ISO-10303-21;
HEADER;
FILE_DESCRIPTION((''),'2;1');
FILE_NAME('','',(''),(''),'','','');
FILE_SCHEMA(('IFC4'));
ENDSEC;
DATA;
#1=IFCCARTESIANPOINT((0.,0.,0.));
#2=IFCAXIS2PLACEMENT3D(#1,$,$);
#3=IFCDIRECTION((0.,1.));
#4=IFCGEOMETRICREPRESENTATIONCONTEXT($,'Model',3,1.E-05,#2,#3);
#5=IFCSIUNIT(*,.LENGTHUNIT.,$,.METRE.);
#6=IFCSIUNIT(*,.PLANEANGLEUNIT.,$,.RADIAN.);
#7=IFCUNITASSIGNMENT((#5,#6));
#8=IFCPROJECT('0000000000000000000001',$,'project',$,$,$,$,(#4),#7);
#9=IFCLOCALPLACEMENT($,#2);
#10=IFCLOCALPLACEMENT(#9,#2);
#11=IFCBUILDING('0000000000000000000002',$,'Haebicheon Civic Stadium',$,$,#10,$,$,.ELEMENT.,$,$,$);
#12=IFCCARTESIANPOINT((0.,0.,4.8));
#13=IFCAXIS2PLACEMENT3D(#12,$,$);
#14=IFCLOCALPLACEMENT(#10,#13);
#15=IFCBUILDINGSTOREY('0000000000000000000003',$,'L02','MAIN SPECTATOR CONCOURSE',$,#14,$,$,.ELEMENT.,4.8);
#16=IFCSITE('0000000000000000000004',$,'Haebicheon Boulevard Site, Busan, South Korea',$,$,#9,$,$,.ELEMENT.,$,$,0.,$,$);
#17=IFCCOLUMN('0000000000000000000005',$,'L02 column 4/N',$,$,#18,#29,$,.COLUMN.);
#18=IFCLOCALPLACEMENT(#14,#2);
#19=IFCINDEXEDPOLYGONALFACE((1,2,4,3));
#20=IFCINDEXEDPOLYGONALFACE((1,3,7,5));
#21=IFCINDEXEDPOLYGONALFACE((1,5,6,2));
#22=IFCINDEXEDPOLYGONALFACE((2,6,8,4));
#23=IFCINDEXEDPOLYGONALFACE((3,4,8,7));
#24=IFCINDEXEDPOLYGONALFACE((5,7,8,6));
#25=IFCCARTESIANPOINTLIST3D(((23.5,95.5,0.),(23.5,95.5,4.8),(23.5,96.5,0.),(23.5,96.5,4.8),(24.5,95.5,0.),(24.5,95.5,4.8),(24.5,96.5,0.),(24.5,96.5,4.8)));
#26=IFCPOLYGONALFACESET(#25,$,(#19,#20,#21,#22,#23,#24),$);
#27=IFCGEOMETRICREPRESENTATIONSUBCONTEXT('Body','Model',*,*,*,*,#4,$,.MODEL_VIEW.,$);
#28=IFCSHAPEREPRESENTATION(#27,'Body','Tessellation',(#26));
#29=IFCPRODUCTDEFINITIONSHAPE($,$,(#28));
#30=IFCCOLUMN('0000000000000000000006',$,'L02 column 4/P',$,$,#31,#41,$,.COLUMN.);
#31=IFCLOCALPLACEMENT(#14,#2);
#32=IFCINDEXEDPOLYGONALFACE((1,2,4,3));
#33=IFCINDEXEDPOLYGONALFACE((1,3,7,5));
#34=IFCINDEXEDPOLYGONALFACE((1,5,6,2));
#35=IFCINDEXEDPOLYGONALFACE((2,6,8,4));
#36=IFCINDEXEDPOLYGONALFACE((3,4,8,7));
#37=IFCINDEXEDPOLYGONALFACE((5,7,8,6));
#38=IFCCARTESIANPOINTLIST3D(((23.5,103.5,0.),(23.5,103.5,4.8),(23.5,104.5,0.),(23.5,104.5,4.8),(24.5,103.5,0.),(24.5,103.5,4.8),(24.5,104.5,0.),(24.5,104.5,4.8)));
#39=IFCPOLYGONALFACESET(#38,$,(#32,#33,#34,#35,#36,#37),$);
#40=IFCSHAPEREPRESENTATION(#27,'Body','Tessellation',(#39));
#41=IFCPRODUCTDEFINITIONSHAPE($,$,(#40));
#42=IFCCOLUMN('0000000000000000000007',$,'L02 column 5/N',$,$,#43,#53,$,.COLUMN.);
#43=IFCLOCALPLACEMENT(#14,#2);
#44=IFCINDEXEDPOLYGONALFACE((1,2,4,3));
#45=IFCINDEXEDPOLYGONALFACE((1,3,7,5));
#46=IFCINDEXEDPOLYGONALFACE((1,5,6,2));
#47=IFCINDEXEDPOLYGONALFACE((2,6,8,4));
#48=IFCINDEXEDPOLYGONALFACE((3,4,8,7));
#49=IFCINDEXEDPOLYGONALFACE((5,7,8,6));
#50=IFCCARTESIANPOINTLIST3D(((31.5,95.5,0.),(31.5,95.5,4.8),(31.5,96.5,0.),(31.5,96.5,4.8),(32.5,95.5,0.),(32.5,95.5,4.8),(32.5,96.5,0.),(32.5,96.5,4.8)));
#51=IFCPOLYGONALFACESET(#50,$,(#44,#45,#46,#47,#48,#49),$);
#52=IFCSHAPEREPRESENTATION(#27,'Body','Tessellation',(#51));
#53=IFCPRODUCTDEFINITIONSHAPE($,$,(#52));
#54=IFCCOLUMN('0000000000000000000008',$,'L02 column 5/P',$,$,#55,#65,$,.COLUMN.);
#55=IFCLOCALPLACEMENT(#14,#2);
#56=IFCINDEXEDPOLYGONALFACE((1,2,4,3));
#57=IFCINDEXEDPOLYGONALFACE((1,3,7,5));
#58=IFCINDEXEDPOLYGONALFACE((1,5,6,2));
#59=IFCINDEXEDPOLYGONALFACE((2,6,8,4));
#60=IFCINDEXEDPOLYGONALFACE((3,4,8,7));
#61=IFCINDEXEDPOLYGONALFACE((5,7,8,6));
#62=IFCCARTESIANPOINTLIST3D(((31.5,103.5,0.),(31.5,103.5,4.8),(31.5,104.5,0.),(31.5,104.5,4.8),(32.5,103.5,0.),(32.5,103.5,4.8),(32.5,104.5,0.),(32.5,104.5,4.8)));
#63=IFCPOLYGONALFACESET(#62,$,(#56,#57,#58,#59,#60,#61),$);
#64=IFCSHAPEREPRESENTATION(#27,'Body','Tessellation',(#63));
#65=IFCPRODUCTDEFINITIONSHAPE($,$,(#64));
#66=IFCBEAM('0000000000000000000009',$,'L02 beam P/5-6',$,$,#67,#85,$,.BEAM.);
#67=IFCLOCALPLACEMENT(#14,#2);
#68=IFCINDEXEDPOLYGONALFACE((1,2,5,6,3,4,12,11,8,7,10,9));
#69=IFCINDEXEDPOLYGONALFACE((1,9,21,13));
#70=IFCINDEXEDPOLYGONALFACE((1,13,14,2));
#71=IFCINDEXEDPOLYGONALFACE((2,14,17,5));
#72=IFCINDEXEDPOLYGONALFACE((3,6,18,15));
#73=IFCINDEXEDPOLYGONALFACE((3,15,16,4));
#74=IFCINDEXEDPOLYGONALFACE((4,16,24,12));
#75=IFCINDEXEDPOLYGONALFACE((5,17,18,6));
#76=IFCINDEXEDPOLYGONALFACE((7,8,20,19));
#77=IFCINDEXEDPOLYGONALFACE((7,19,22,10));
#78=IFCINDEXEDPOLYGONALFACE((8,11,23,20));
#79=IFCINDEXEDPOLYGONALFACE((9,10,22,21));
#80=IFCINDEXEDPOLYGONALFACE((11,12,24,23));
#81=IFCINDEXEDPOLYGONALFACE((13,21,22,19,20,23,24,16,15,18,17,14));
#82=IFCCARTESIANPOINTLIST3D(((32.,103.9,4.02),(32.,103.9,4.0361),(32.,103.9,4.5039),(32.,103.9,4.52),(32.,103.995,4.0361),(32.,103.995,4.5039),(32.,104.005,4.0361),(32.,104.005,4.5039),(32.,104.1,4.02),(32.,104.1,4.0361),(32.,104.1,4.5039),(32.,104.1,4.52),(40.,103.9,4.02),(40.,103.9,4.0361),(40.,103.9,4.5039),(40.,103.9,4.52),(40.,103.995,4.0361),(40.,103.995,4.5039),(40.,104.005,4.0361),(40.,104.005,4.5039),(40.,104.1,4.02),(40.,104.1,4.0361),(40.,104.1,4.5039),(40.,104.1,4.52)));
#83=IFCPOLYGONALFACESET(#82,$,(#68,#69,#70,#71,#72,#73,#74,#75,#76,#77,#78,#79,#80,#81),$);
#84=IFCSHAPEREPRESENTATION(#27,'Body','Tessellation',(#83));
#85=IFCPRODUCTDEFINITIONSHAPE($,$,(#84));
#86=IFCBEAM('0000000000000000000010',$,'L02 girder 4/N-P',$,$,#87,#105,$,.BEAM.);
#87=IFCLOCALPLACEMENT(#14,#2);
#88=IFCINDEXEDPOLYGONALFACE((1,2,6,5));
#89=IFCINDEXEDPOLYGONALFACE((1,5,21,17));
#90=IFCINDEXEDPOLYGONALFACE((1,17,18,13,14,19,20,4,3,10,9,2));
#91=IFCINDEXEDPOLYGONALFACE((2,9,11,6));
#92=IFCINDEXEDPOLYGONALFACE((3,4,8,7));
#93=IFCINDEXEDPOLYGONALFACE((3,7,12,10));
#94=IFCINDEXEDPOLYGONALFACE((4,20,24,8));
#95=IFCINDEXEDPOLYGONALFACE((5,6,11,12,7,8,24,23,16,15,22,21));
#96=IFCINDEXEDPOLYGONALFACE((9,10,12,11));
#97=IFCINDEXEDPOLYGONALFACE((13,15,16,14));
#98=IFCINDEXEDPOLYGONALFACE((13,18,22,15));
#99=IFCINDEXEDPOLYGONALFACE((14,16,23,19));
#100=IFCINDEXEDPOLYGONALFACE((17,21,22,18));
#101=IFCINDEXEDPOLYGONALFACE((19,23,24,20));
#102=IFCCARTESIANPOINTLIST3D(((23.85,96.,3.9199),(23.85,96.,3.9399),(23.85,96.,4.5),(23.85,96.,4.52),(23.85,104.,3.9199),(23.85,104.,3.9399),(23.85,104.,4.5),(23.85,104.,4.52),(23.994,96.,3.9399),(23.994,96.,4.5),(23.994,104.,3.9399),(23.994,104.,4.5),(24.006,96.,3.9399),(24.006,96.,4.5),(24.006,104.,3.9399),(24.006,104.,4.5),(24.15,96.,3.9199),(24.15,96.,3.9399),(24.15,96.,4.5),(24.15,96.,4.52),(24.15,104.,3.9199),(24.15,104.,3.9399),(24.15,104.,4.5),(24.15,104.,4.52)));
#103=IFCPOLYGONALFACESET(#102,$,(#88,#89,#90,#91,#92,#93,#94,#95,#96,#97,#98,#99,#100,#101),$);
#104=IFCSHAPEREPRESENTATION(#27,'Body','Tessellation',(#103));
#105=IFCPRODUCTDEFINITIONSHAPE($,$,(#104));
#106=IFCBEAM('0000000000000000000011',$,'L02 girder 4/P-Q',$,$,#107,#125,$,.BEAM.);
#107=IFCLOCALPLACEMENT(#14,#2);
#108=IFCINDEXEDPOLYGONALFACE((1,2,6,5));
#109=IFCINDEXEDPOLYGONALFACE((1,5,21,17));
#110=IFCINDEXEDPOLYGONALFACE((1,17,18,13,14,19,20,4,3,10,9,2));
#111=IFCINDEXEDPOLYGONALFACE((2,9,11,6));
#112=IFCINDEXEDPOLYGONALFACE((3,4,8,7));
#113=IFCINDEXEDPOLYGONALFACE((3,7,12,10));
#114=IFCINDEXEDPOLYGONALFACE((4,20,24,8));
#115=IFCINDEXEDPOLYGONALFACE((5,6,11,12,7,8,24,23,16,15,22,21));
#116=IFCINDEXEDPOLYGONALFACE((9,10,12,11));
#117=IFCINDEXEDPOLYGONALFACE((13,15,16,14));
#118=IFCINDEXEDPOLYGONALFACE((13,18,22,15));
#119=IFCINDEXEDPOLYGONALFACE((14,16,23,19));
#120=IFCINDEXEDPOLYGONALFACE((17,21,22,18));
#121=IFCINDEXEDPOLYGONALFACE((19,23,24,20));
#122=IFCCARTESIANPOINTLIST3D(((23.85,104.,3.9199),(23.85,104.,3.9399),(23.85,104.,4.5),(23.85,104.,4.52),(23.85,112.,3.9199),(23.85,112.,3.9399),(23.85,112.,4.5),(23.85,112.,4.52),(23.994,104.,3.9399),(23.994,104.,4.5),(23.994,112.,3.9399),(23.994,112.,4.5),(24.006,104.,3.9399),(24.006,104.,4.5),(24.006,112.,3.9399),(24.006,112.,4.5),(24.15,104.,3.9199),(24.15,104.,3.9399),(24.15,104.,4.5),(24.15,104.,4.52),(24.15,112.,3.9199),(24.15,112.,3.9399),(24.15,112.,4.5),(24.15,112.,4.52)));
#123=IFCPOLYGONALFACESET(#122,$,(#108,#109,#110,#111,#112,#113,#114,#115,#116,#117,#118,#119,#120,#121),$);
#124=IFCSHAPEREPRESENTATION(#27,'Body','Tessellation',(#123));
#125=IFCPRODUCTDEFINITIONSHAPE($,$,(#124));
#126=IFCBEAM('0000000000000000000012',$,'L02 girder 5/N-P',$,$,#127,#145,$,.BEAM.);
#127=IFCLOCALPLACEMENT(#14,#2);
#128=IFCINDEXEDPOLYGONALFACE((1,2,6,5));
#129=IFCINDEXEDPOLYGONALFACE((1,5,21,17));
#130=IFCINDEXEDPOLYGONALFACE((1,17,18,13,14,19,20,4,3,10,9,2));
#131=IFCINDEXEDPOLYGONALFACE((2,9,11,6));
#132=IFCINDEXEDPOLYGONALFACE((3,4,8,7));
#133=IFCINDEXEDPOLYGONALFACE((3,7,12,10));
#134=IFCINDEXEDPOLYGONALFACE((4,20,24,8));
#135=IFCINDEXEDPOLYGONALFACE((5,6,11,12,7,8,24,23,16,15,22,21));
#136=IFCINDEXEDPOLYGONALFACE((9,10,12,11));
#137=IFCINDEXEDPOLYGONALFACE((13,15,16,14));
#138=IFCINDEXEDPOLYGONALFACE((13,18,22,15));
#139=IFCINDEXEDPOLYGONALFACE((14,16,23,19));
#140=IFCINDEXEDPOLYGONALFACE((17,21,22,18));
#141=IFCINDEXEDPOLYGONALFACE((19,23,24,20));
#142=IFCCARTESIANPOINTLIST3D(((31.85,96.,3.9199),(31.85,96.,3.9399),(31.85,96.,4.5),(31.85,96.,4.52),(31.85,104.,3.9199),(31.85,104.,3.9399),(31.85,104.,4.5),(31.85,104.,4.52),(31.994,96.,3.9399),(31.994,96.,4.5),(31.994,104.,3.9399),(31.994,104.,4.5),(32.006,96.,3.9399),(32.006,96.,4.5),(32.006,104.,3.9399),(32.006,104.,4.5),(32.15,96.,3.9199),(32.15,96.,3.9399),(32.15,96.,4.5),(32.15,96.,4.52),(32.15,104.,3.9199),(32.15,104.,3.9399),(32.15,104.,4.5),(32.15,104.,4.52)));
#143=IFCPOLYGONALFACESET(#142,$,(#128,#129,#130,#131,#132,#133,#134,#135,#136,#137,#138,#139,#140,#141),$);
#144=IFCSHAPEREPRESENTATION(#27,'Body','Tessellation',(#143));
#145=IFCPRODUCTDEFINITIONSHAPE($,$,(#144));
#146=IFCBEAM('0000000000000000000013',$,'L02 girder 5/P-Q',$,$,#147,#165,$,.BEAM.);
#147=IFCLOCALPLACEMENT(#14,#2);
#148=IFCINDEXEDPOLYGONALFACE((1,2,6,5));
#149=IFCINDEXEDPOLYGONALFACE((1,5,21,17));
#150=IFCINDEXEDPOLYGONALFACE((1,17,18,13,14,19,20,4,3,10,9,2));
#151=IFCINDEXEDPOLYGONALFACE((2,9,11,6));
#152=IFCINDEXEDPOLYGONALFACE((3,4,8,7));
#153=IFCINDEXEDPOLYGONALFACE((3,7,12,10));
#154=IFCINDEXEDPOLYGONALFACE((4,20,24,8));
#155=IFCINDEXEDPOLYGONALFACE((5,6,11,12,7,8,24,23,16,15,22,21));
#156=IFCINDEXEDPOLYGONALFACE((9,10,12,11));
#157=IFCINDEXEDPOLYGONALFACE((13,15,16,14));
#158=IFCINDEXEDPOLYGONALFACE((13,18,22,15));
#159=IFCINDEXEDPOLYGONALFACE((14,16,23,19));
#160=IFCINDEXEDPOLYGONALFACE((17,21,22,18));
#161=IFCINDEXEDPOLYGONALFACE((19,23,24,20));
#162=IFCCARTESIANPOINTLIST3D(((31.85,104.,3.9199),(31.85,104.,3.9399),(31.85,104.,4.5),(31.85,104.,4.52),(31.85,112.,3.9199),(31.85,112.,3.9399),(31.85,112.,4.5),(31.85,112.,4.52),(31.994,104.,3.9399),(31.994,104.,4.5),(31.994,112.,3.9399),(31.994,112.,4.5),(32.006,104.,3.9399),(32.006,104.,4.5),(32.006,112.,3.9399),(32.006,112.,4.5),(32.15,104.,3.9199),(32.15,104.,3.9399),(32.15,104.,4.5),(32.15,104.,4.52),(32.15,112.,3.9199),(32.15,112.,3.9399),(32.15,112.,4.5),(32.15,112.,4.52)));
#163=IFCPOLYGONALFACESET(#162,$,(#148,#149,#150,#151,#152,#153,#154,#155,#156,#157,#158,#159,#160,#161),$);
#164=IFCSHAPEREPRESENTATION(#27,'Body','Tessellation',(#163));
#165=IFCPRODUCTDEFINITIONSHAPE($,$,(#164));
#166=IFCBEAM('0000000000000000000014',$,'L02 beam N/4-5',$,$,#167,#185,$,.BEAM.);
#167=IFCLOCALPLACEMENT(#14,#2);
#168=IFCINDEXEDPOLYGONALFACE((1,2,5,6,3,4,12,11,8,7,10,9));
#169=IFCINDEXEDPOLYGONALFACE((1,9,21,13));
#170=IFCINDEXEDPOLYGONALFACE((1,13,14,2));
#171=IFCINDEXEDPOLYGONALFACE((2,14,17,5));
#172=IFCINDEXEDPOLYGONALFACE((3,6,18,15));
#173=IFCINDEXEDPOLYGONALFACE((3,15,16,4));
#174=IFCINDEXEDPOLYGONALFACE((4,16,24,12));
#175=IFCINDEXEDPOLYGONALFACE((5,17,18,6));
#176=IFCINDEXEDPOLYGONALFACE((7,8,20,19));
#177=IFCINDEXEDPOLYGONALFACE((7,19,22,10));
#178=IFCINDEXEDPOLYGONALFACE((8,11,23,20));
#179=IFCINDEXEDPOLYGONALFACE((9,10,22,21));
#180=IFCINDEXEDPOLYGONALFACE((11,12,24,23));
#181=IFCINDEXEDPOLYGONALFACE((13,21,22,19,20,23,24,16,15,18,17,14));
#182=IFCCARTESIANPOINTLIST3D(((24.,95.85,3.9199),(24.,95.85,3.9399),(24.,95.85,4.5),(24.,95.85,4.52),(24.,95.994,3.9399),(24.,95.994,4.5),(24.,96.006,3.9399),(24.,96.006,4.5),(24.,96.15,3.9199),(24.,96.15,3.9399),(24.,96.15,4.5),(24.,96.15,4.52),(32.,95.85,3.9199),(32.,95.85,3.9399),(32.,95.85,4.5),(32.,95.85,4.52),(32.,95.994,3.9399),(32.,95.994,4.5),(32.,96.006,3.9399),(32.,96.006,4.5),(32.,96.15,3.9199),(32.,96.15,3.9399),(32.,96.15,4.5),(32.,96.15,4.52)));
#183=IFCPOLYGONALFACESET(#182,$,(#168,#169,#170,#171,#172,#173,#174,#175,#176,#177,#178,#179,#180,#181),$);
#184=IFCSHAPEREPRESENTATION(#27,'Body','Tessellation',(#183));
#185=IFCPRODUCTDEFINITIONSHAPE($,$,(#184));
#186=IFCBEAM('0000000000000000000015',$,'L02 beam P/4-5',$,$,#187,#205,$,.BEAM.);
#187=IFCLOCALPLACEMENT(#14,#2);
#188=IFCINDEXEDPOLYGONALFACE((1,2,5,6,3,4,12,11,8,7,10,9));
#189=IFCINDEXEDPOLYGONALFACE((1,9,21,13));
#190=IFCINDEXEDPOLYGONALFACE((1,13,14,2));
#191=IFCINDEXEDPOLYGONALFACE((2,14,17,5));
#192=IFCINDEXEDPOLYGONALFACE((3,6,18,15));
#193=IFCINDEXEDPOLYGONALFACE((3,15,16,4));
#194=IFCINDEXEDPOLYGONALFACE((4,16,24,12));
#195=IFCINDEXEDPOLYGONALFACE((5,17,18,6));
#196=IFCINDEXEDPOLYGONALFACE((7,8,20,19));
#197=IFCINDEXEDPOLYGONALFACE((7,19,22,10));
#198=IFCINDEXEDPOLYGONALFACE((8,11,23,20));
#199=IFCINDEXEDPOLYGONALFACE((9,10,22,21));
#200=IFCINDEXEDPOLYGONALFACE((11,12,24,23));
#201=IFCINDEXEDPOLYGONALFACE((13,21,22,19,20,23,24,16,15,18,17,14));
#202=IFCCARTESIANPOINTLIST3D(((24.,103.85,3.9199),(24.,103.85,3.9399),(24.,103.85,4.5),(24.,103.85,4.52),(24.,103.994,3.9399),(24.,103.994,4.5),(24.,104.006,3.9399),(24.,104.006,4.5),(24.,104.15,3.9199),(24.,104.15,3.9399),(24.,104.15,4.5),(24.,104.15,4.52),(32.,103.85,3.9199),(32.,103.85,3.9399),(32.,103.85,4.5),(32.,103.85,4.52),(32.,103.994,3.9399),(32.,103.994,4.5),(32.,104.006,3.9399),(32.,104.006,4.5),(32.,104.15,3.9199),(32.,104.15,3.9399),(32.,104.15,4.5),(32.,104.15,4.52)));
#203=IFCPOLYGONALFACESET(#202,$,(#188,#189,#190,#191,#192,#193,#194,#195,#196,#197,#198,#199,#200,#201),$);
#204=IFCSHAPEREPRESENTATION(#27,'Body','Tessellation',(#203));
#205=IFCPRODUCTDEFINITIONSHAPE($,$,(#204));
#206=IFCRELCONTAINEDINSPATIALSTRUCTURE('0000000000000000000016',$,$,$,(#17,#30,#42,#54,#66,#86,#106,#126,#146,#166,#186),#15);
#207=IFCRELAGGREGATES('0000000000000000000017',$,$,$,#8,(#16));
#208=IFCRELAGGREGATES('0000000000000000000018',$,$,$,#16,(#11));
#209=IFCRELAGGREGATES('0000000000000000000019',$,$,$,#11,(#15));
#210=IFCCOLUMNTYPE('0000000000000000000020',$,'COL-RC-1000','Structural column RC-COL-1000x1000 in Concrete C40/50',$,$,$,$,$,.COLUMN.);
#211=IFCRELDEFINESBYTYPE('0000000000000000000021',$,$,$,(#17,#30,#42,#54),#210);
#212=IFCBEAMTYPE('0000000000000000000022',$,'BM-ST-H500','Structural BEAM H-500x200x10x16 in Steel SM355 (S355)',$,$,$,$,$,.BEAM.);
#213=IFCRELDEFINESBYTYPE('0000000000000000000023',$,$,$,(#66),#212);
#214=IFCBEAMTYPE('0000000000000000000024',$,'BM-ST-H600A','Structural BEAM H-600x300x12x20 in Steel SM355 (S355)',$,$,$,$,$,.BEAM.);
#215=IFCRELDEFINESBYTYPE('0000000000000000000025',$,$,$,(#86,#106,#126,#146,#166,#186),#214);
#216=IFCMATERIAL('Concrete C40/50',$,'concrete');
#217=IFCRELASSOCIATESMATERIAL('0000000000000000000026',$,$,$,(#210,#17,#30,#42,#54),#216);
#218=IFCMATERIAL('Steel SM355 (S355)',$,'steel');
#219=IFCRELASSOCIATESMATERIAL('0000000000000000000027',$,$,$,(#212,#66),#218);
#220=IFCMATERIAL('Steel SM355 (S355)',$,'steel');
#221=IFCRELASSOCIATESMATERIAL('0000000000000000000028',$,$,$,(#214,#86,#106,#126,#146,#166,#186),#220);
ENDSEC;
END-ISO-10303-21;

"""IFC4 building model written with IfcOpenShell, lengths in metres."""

from ifc_helpers import new_model, si_unit, direction, frame, origin, origin_2d, place, context, subcontext, project, spatial, rectangle, i_section, extrude, material, material_profile, profile_set, type_object, element, save


model = new_model("IFC4")

# Units and contexts
model_context = context("Model", 3, precision=1e-05, world=origin(), true_north=direction((0.0, 1.0)))
body_context = subcontext(model_context, "Body", "Model", "MODEL_VIEW")
ifc_project = project(units=[si_unit("LENGTHUNIT", "METRE"), si_unit("PLANEANGLEUNIT", "RADIAN")], contexts=[model_context])

# Site, building, storey
site_placement = place(None, origin())
site = spatial("IfcSite", under=ifc_project, at=site_placement, Name="Haebicheon Boulevard Site, Busan, South Korea", CompositionType="ELEMENT", RefElevation=0.0)
building_placement = place(site_placement, origin())
building = spatial("IfcBuilding", under=site, at=building_placement, Name="Haebicheon Civic Stadium", CompositionType="ELEMENT")
storey_placement = place(building_placement, frame((0.0, 0.0, 4.8)))
storey = spatial("IfcBuildingStorey", under=building, at=storey_placement, Name="L02", Description="MAIN SPECTATOR CONCOURSE", CompositionType="ELEMENT", Elevation=4.8)

# Columns
ifc_material_1 = material(Name="Concrete C40/50", Category="concrete")
ifc_material_profile_1 = material_profile(ifc_material_1, rectangle(XDim=1.0, YDim=1.0, at=origin_2d()), Name="RC-COL-1000x1000")
ifc_profile_set_1 = profile_set([ifc_material_profile_1], Name="Concrete C40/50")
column_type = type_object("IfcColumnType", Name="COL-RC-1000", Description="Structural column RC-COL-1000x1000 in Concrete C40/50", PredefinedType="COLUMN", material=ifc_profile_set_1)
for number, where, z_axis, x_axis, name in (
    (1, (24.0, 96.0, 0.0), (0.0, 0.0, 1.0), (1.0, 0.0, 0.0), "L02 column 4/N"),
    (2, (24.0, 104.0, 0.0), (0.0, 0.0, 1.0), (1.0, 0.0, 0.0), "L02 column 4/P"),
    (3, (32.0, 96.0, 0.0), (0.0, 0.0, 1.0), (1.0, 0.0, 0.0), "L02 column 5/N"),
    (4, (32.0, 104.0, 0.0), (0.0, 0.0, 1.0), (1.0, 0.0, 0.0), "L02 column 5/P"),
):
    element("IfcColumn", number, at=place(storey_placement, frame(where, z_axis=z_axis, x_axis=x_axis)), inside=storey, type_object=column_type, material=ifc_profile_set_1, Name=name, PredefinedType="COLUMN", context=body_context, shape_type="SweptSolid", body=[
        extrude(rectangle(XDim=1.0, YDim=1.0, at=origin_2d()), origin(), (0.0, 0.0, 1.0), 4.8),
    ])

# Beams
ifc_material_2 = material(Name="Steel SM355 (S355)", Category="steel")
ifc_material_profile_2 = material_profile(ifc_material_2, i_section(OverallWidth=0.2, OverallDepth=0.5, WebThickness=0.01, FlangeThickness=0.0161, at=origin_2d()), Name="H-500x200x10x16")
ifc_profile_set_2 = profile_set([ifc_material_profile_2], Name="Steel SM355 (S355)")
beam_type_1 = type_object("IfcBeamType", Name="BM-ST-H500", Description="Structural BEAM H-500x200x10x16 in Steel SM355 (S355)", PredefinedType="BEAM", material=ifc_profile_set_2)
beam_placement = place(storey_placement, frame((32.0, 104.0, 4.27), z_axis=(1.0, 0.0, 0.0), x_axis=(0.0, 1.0, 0.0)))
element("IfcBeam", 5, at=beam_placement, inside=storey, type_object=beam_type_1, material=ifc_profile_set_2, Name="L02 beam P/5-6", PredefinedType="BEAM", context=body_context, shape_type="SweptSolid", body=[
    extrude(i_section(OverallWidth=0.2, OverallDepth=0.5, WebThickness=0.01, FlangeThickness=0.0161, at=origin_2d()), origin(), (0.0, 0.0, 1.0), 8.0),
])
ifc_material_3 = material(Name="Steel SM355 (S355)", Category="steel")
ifc_material_profile_3 = material_profile(ifc_material_3, i_section(OverallWidth=0.3, OverallDepth=0.6001, WebThickness=0.012, FlangeThickness=0.02, at=origin_2d()), Name="H-600x300x12x20")
ifc_profile_set_3 = profile_set([ifc_material_profile_3], Name="Steel SM355 (S355)")
beam_type_2 = type_object("IfcBeamType", Name="BM-ST-H600A", Description="Structural BEAM H-600x300x12x20 in Steel SM355 (S355)", PredefinedType="BEAM", material=ifc_profile_set_3)
for number, where, z_axis, x_axis, name in (
    (6, (24.0, 96.0, 4.22), (0.0, 1.0, 0.0), (-1.0, 0.0, 0.0), "L02 girder 4/N-P"),
    (7, (24.0, 104.0, 4.22), (0.0, 1.0, 0.0), (-1.0, 0.0, 0.0), "L02 girder 4/P-Q"),
    (8, (32.0, 96.0, 4.22), (0.0, 1.0, 0.0), (-1.0, 0.0, 0.0), "L02 girder 5/N-P"),
    (9, (32.0, 104.0, 4.22), (0.0, 1.0, 0.0), (-1.0, 0.0, 0.0), "L02 girder 5/P-Q"),
    (10, (24.0, 96.0, 4.22), (1.0, 0.0, 0.0), (0.0, 1.0, 0.0), "L02 beam N/4-5"),
    (11, (24.0, 104.0, 4.22), (1.0, 0.0, 0.0), (0.0, 1.0, 0.0), "L02 beam P/4-5"),
):
    element("IfcBeam", number, at=place(storey_placement, frame(where, z_axis=z_axis, x_axis=x_axis)), inside=storey, type_object=beam_type_2, material=ifc_profile_set_3, Name=name, PredefinedType="BEAM", context=body_context, shape_type="SweptSolid", body=[
        extrude(i_section(OverallWidth=0.3, OverallDepth=0.6001, WebThickness=0.012, FlangeThickness=0.02, at=origin_2d()), origin(), (0.0, 0.0, 1.0), 8.0),
    ])

save(model, "model.ifc")
